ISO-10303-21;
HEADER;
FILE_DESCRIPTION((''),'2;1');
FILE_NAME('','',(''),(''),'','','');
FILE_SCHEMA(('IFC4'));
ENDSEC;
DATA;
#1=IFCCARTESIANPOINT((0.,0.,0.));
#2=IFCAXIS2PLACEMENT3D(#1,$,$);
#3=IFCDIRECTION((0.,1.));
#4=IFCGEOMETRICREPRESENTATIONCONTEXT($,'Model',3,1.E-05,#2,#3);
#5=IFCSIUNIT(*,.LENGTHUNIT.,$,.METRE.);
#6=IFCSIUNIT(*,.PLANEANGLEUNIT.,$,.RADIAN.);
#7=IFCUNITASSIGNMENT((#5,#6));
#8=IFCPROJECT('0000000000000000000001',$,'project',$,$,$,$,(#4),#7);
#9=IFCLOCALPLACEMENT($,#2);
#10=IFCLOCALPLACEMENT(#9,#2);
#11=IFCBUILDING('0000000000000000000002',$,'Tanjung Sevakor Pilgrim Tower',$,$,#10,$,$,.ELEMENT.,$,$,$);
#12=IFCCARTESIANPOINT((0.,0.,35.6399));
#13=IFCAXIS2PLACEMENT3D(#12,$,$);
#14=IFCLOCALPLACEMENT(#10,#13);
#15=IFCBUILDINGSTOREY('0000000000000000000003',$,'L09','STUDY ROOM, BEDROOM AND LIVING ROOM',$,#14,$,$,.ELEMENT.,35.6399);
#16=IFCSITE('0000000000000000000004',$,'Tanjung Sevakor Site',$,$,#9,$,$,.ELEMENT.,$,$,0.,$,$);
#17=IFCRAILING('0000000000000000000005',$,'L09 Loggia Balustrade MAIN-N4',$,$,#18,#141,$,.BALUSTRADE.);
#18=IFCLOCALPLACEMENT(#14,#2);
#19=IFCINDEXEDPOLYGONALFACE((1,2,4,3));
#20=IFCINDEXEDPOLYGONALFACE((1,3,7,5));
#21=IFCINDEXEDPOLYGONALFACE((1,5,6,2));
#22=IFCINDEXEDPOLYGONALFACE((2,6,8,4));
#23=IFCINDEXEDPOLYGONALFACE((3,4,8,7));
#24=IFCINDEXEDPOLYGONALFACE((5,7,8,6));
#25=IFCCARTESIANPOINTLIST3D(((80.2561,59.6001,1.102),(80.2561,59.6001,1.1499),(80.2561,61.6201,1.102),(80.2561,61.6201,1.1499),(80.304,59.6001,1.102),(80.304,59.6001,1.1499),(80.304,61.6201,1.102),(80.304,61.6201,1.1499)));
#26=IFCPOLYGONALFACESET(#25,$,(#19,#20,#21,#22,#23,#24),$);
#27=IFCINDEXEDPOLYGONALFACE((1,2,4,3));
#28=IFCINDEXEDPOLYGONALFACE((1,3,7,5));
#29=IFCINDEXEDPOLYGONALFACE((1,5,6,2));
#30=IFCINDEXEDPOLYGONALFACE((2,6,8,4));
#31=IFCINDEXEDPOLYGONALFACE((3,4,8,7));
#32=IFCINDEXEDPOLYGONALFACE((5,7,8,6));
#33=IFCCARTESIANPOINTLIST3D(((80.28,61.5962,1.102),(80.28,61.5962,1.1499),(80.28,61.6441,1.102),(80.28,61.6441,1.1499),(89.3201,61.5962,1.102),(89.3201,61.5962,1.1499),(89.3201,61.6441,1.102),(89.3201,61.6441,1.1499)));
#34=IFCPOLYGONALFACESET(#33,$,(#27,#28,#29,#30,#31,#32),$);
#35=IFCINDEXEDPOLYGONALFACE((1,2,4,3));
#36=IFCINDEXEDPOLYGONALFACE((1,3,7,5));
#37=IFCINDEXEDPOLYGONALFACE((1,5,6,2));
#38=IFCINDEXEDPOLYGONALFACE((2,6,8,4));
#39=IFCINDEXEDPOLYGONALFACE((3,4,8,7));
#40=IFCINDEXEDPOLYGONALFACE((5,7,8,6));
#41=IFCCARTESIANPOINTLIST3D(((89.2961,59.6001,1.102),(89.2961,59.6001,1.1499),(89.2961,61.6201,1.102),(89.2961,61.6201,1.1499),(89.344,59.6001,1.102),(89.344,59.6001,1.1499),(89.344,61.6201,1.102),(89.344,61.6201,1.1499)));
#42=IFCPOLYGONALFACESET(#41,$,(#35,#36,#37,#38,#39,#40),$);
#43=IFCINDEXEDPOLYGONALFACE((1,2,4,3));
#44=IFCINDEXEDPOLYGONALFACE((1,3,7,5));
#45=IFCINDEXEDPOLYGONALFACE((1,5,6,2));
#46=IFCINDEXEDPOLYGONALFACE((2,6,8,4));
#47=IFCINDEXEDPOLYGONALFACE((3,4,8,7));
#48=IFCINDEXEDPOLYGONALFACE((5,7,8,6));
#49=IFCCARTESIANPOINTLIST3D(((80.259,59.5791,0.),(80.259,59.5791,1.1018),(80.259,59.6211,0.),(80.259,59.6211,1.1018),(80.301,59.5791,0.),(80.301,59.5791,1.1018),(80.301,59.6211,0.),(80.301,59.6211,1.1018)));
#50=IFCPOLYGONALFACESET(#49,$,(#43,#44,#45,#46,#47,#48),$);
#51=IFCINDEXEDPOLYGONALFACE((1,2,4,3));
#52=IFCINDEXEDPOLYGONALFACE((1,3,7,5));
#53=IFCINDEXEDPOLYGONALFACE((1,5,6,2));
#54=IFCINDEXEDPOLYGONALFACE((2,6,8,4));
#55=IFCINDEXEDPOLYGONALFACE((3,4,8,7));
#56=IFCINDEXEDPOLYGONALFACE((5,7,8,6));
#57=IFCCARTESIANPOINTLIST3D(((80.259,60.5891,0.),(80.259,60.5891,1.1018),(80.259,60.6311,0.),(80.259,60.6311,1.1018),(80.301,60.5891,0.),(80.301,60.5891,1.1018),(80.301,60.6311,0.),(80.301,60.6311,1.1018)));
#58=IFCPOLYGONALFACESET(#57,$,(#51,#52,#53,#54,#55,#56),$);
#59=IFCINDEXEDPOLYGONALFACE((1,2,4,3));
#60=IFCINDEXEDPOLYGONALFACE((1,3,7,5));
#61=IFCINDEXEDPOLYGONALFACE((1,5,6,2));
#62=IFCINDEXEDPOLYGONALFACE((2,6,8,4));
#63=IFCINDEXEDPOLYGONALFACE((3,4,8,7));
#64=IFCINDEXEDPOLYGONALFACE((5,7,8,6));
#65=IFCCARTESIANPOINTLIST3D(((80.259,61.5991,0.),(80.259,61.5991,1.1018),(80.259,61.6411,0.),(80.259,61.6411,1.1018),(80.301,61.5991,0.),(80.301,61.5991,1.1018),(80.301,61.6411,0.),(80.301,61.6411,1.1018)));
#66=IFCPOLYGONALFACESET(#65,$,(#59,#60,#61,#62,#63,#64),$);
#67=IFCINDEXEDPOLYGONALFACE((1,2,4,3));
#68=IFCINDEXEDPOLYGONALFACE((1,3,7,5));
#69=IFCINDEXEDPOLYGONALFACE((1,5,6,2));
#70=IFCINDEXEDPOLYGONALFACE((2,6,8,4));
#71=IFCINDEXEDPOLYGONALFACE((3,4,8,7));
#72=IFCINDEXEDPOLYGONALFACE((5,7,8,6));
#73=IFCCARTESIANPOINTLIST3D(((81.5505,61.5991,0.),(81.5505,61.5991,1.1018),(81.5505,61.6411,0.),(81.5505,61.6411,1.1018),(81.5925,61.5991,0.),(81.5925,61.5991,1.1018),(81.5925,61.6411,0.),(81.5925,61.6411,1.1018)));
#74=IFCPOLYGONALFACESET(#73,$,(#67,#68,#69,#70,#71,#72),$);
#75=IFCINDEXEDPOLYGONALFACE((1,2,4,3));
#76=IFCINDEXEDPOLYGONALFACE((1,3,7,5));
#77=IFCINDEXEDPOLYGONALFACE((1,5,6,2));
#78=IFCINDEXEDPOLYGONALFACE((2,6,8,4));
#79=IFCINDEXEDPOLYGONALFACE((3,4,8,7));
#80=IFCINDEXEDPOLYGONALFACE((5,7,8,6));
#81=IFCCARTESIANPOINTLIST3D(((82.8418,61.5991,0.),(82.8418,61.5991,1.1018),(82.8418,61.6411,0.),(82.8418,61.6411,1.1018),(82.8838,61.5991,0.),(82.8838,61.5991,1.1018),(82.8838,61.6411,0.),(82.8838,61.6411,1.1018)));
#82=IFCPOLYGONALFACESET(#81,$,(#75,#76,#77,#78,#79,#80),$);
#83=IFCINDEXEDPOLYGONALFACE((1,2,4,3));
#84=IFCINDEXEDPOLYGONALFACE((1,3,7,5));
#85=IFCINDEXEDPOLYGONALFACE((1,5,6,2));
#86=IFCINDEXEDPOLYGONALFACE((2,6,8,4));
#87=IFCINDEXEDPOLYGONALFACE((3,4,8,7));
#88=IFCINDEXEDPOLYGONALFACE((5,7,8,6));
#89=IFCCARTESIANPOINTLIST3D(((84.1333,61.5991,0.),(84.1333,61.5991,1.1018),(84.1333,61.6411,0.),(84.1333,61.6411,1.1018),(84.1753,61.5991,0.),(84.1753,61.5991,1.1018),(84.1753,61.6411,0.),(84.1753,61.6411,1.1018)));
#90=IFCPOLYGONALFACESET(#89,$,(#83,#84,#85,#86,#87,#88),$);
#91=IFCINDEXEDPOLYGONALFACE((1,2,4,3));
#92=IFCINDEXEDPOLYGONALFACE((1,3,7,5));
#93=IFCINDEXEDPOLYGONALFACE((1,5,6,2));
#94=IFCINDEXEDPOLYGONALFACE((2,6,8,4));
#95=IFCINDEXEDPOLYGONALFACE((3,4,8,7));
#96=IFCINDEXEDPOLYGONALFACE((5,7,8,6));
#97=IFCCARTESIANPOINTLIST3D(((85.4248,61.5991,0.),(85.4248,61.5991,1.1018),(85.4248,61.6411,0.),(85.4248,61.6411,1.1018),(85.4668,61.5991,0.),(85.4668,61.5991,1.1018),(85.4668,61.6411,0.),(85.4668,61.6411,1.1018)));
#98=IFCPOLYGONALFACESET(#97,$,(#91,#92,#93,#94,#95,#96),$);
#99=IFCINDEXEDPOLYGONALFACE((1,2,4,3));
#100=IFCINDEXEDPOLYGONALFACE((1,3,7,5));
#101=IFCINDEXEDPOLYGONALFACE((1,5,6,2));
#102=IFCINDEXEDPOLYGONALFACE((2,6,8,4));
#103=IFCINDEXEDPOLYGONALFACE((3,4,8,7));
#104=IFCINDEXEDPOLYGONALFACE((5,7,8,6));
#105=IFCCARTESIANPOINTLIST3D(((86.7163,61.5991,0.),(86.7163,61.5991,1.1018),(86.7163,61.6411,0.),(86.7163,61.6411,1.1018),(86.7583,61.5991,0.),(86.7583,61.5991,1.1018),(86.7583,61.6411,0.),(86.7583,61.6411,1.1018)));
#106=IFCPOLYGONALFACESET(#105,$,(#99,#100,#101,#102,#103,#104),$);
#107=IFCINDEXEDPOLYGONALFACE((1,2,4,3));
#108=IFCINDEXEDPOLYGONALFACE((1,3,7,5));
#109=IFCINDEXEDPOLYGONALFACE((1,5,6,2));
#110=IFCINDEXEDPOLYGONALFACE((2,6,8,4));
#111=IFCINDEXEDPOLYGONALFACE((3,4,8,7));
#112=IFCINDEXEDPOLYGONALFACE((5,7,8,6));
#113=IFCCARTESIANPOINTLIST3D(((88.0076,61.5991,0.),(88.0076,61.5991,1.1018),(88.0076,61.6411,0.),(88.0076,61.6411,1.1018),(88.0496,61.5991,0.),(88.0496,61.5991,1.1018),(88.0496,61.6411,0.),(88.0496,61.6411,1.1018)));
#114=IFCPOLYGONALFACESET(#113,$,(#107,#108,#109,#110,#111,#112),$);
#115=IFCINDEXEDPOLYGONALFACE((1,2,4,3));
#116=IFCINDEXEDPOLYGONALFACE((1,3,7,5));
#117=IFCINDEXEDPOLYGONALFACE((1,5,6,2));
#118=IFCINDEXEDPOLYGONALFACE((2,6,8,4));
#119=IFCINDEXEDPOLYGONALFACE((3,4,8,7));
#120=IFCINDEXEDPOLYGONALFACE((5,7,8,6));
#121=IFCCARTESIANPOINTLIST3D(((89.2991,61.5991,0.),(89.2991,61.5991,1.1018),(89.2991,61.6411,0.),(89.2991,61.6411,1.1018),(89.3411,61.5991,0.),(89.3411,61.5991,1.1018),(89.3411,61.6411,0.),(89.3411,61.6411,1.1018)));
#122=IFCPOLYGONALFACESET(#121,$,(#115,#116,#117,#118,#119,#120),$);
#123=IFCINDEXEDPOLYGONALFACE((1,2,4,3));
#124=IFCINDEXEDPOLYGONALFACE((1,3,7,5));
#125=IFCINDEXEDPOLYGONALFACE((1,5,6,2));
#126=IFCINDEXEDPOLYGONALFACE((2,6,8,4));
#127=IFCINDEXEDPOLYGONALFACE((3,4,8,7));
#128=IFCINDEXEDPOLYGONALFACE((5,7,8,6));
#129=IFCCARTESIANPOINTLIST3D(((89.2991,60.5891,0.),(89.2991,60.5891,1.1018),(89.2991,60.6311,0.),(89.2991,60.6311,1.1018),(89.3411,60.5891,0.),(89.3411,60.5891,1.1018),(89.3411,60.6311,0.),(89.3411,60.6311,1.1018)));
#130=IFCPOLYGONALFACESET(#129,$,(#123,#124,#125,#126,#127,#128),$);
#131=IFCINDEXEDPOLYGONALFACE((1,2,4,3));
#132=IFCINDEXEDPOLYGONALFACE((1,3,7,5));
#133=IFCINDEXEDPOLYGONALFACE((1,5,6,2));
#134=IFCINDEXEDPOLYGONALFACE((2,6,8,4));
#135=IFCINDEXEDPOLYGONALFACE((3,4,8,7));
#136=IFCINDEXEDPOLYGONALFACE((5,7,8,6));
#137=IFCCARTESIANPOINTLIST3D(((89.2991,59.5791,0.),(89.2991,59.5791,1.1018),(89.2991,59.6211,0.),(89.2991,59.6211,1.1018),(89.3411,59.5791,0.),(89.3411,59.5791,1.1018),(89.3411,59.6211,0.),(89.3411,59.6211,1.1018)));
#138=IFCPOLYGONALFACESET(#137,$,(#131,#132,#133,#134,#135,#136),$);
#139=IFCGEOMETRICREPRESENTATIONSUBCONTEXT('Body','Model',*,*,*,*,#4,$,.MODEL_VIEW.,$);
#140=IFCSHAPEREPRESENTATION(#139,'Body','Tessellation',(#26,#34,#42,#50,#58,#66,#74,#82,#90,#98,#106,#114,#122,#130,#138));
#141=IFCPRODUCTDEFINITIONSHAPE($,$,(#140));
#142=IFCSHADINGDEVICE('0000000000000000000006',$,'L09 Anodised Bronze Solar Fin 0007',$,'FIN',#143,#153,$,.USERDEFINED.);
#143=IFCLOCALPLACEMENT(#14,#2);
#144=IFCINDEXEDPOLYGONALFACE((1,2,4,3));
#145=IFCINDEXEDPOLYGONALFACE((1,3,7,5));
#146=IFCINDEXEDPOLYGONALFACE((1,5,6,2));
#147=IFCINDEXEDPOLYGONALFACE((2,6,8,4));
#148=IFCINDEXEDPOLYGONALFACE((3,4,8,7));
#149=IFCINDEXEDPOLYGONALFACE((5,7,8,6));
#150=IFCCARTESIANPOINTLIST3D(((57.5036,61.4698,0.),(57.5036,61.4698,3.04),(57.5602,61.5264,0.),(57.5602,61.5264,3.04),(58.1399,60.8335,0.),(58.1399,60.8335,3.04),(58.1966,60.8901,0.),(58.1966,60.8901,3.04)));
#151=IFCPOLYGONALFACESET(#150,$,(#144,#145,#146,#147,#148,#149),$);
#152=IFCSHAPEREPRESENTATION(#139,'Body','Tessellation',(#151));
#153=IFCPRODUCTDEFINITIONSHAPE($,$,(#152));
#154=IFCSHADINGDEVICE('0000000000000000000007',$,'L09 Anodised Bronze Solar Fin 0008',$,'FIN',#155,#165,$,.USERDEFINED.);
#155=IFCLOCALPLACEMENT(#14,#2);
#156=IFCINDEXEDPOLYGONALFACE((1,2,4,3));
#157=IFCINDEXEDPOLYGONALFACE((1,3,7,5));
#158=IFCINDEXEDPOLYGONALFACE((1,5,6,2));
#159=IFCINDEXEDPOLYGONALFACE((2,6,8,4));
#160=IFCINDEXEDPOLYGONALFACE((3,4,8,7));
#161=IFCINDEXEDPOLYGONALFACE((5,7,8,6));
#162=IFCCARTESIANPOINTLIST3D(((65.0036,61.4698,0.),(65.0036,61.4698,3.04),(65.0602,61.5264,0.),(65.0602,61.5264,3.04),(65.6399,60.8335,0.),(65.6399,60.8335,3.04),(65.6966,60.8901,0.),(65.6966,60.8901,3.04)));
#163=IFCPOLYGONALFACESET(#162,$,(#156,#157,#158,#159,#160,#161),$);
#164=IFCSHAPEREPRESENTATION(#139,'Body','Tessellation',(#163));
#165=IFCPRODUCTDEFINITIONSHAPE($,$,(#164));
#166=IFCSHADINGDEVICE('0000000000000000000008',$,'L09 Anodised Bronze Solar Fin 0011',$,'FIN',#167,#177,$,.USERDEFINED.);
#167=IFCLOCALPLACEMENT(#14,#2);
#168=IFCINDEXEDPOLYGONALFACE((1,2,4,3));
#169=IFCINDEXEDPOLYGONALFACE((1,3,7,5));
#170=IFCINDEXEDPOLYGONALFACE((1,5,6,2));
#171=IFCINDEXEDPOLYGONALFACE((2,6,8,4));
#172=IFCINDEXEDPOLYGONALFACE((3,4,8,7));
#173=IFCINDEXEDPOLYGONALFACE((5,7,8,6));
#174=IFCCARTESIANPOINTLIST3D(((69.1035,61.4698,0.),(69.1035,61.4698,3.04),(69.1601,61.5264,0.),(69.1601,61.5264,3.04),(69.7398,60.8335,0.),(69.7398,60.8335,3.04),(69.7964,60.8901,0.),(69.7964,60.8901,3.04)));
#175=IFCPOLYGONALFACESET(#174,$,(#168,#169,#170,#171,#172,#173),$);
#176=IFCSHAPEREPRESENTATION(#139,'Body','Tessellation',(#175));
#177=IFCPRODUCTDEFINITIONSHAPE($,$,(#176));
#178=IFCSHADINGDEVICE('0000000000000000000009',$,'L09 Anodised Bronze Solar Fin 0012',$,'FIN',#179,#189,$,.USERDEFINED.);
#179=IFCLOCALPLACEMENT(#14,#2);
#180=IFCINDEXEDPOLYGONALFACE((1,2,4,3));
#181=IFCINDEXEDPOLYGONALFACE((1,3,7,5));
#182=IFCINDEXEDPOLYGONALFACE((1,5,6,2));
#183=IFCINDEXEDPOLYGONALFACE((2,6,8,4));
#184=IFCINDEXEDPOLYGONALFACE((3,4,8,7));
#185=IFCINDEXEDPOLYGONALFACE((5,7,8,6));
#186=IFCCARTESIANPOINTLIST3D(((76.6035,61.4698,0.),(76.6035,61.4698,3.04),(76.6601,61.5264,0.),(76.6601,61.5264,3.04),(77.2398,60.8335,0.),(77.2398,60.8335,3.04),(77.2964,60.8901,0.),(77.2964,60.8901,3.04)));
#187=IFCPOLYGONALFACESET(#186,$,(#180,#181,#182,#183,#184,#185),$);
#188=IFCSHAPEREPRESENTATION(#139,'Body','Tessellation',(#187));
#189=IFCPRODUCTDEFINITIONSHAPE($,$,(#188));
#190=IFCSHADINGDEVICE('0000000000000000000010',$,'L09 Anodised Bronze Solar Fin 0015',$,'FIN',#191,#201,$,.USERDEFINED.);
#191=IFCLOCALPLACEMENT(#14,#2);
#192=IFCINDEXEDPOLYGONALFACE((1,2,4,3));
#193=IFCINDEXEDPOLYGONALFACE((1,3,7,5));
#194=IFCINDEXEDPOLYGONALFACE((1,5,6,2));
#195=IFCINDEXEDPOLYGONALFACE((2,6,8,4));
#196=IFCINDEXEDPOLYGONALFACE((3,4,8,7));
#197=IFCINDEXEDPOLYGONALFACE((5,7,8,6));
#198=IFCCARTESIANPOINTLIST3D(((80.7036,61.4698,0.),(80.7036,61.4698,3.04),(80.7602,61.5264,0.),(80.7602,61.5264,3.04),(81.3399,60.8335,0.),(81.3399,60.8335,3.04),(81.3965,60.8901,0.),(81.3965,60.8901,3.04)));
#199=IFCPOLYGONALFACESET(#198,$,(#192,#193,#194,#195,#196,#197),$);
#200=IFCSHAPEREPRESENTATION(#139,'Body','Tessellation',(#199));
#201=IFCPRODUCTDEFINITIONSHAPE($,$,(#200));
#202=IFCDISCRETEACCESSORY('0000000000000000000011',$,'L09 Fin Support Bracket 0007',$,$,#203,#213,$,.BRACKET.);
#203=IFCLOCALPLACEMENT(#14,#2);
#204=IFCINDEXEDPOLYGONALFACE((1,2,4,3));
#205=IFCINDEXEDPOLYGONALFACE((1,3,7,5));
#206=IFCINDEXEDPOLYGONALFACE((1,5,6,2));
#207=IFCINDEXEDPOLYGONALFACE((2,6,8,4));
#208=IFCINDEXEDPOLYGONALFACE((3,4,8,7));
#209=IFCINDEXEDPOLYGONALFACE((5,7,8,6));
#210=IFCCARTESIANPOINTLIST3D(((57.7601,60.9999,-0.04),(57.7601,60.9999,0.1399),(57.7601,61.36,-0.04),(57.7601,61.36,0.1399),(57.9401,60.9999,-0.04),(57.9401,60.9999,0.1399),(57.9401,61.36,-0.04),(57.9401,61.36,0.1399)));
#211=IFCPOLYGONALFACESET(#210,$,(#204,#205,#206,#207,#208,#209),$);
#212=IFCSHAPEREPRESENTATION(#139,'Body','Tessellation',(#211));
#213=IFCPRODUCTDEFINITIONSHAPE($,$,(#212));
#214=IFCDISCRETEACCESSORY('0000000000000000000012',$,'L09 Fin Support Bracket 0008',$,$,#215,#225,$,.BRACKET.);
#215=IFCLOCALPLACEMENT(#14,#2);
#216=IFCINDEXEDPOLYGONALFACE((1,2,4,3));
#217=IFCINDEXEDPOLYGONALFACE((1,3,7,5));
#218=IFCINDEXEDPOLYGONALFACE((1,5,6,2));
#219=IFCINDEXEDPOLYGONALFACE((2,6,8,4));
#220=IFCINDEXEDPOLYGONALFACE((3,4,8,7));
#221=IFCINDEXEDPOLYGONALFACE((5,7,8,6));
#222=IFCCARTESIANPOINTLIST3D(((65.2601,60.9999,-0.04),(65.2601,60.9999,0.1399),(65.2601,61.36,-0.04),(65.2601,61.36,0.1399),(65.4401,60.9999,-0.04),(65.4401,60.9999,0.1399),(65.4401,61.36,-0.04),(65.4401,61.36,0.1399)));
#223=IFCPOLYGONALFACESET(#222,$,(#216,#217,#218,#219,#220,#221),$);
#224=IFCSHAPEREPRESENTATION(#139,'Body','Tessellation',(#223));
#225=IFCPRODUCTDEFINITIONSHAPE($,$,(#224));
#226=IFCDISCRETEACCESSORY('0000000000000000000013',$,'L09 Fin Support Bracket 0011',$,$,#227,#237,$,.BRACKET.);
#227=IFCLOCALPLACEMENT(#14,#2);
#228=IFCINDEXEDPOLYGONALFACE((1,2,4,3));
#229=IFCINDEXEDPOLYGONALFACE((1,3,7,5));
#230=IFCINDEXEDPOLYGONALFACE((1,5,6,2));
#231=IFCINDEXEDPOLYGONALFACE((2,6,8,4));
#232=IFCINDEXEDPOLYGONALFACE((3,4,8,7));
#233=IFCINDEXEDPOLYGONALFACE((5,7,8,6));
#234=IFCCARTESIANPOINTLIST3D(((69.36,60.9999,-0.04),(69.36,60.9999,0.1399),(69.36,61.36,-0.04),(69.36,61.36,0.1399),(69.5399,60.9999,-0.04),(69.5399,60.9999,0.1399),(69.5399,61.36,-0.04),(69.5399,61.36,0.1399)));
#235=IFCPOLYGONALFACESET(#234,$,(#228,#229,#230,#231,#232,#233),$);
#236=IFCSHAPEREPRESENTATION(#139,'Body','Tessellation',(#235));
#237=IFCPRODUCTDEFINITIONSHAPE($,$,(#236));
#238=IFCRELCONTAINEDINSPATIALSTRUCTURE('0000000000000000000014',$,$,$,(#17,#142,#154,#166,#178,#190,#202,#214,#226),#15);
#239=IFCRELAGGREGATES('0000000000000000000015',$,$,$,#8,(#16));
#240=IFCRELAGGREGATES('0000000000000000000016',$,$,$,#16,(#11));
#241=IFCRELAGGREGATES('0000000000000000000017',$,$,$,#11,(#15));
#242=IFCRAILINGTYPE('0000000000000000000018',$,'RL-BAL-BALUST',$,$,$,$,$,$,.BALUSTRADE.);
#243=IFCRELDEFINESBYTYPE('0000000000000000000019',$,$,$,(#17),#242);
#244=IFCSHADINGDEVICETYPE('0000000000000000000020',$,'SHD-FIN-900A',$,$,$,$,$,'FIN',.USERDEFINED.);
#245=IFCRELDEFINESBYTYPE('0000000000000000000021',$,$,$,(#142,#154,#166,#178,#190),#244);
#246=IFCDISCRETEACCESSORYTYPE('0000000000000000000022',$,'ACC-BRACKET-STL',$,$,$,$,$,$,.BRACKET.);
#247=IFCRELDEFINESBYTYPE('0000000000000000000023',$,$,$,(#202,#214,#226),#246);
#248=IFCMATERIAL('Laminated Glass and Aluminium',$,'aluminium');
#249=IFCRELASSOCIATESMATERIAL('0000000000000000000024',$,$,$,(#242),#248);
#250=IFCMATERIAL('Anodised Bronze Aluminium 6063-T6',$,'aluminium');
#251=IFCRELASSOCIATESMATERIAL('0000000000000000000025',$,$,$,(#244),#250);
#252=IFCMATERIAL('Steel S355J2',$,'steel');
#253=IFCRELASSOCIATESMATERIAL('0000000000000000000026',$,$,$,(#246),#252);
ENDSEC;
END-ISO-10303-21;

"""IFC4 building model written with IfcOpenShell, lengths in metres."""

from ifc_helpers import new_model, si_unit, direction, frame, origin, origin_2d, place, context, subcontext, project, spatial, rectangle, extrude, material, type_object, element, save


model = new_model("IFC4")

# Units and contexts
model_context = context("Model", 3, precision=1e-05, world=origin(), true_north=direction((0.0, 1.0)))
body_context = subcontext(model_context, "Body", "Model", "MODEL_VIEW")
ifc_project = project(units=[si_unit("LENGTHUNIT", "METRE"), si_unit("PLANEANGLEUNIT", "RADIAN")], contexts=[model_context])

# Site, building, storey
site_placement = place(None, origin())
site = spatial("IfcSite", under=ifc_project, at=site_placement, Name="Tanjung Sevakor Site", CompositionType="ELEMENT", RefElevation=0.0)
building_placement = place(site_placement, origin())
building = spatial("IfcBuilding", under=site, at=building_placement, Name="Tanjung Sevakor Pilgrim Tower", CompositionType="ELEMENT")
storey_placement = place(building_placement, frame((0.0, 0.0, 35.6399)))
storey = spatial("IfcBuildingStorey", under=building, at=storey_placement, Name="L09", Description="STUDY ROOM, BEDROOM AND LIVING ROOM", CompositionType="ELEMENT", Elevation=35.6399)

# Railing
ifc_material_1 = material(Name="Laminated Glass and Aluminium", Category="aluminium")
railing_type = type_object("IfcRailingType", Name="RL-BAL-BALUST", PredefinedType="BALUSTRADE", material=ifc_material_1)
railing_1_placement = place(storey_placement, frame((80.28, 59.6001, 0.0)))
element("IfcRailing", 1, at=railing_1_placement, inside=storey, type_object=railing_type, Name="L09 Loggia Balustrade MAIN-N4", PredefinedType="BALUSTRADE", context=body_context, shape_type="SweptSolid", body=[
    extrude(rectangle(XDim=0.0479, YDim=0.0479), frame((0.0, 0.0, 1.126), z_axis=(0.0, 1.0, 0.0), x_axis=(-1.0, 0.0, 0.0)), (0.0, 0.0, 1.0), 2.02),
    extrude(rectangle(XDim=0.0479, YDim=0.0479), frame((0.0, 2.02, 1.126), z_axis=(1.0, 0.0, 0.0), x_axis=(0.0, 1.0, 0.0)), (0.0, 0.0, 1.0), 9.04),
    extrude(rectangle(XDim=0.0479, YDim=0.0479), frame((9.04, 2.02, 1.126), z_axis=(0.0, -1.0, 0.0), x_axis=(1.0, 0.0, 0.0)), (0.0, 0.0, 1.0), 2.02),
    extrude(rectangle(XDim=0.042, YDim=0.042), origin(), (0.0, 0.0, 1.0), 1.1018),
    extrude(rectangle(XDim=0.042, YDim=0.042), frame((0.0, 1.01, 0.0)), (0.0, 0.0, 1.0), 1.1018),
    extrude(rectangle(XDim=0.042, YDim=0.042), frame((0.0, 2.02, 0.0)), (0.0, 0.0, 1.0), 1.1018),
    extrude(rectangle(XDim=0.042, YDim=0.042), frame((1.2915, 2.02, 0.0)), (0.0, 0.0, 1.0), 1.1018),
    extrude(rectangle(XDim=0.042, YDim=0.042), frame((2.5828, 2.02, 0.0)), (0.0, 0.0, 1.0), 1.1018),
    extrude(rectangle(XDim=0.042, YDim=0.042), frame((3.8743, 2.02, 0.0)), (0.0, 0.0, 1.0), 1.1018),
    extrude(rectangle(XDim=0.042, YDim=0.042), frame((5.1658, 2.02, 0.0)), (0.0, 0.0, 1.0), 1.1018),
    extrude(rectangle(XDim=0.042, YDim=0.042), frame((6.4573, 2.02, 0.0)), (0.0, 0.0, 1.0), 1.1018),
    extrude(rectangle(XDim=0.042, YDim=0.042), frame((7.7485, 2.02, 0.0)), (0.0, 0.0, 1.0), 1.1018),
    extrude(rectangle(XDim=0.042, YDim=0.042), frame((9.04, 2.02, 0.0)), (0.0, 0.0, 1.0), 1.1018),
    extrude(rectangle(XDim=0.042, YDim=0.042), frame((9.04, 1.01, 0.0)), (0.0, 0.0, 1.0), 1.1018),
    extrude(rectangle(XDim=0.042, YDim=0.042), frame((9.04, 0.0, 0.0)), (0.0, 0.0, 1.0), 1.1018),
])

# Shading devices
ifc_material_2 = material(Name="Anodised Bronze Aluminium 6063-T6", Category="aluminium")
shading_device_type = type_object("IfcShadingDeviceType", Name="SHD-FIN-900A", ElementType="FIN", PredefinedType="USERDEFINED", material=ifc_material_2)
for number, where, z_axis, x_axis, name in (
    (2, (57.8501, 61.1799, 0.0), (0.0, 0.0, 1.0), (0.707107, 0.707107, 0.0), "L09 Anodised Bronze Solar Fin 0007"),
    (3, (65.3501, 61.1799, 0.0), (0.0, 0.0, 1.0), (0.707107, 0.707107, 0.0), "L09 Anodised Bronze Solar Fin 0008"),
    (4, (69.45, 61.1799, 0.0), (0.0, 0.0, 1.0), (0.707107, 0.707107, 0.0), "L09 Anodised Bronze Solar Fin 0011"),
    (5, (76.95, 61.1799, 0.0), (0.0, 0.0, 1.0), (0.707107, 0.707107, 0.0), "L09 Anodised Bronze Solar Fin 0012"),
    (6, (81.05, 61.1799, 0.0), (0.0, 0.0, 1.0), (0.707107, 0.707107, 0.0), "L09 Anodised Bronze Solar Fin 0015"),
):
    element("IfcShadingDevice", number, at=place(storey_placement, frame(where, z_axis=z_axis, x_axis=x_axis)), inside=storey, type_object=shading_device_type, Name=name, ObjectType="FIN", PredefinedType="USERDEFINED", context=body_context, shape_type="SweptSolid", body=[
        extrude(rectangle(XDim=0.0801, YDim=0.8999, at=origin_2d()), origin(), (0.0, 0.0, 1.0), 3.04),
    ])

# Discrete accessories
ifc_material_3 = material(Name="Steel S355J2", Category="steel")
discrete_accessory_type = type_object("IfcDiscreteAccessoryType", Name="ACC-BRACKET-STL", PredefinedType="BRACKET", material=ifc_material_3)
for number, where, z_axis, x_axis, name in (
    (7, (57.8501, 61.1799, -0.04), (0.0, 0.0, 1.0), (1.0, 0.0, 0.0), "L09 Fin Support Bracket 0007"),
    (8, (65.3501, 61.1799, -0.04), (0.0, 0.0, 1.0), (1.0, 0.0, 0.0), "L09 Fin Support Bracket 0008"),
    (9, (69.45, 61.1799, -0.04), (0.0, 0.0, 1.0), (1.0, 0.0, 0.0), "L09 Fin Support Bracket 0011"),
):
    element("IfcDiscreteAccessory", number, at=place(storey_placement, frame(where, z_axis=z_axis, x_axis=x_axis)), inside=storey, type_object=discrete_accessory_type, Name=name, PredefinedType="BRACKET", context=body_context, shape_type="SweptSolid", body=[
        extrude(rectangle(XDim=0.1799, YDim=0.3601, at=origin_2d()), origin(), (0.0, 0.0, 1.0), 0.1799),
    ])

save(model, "model.ifc")
